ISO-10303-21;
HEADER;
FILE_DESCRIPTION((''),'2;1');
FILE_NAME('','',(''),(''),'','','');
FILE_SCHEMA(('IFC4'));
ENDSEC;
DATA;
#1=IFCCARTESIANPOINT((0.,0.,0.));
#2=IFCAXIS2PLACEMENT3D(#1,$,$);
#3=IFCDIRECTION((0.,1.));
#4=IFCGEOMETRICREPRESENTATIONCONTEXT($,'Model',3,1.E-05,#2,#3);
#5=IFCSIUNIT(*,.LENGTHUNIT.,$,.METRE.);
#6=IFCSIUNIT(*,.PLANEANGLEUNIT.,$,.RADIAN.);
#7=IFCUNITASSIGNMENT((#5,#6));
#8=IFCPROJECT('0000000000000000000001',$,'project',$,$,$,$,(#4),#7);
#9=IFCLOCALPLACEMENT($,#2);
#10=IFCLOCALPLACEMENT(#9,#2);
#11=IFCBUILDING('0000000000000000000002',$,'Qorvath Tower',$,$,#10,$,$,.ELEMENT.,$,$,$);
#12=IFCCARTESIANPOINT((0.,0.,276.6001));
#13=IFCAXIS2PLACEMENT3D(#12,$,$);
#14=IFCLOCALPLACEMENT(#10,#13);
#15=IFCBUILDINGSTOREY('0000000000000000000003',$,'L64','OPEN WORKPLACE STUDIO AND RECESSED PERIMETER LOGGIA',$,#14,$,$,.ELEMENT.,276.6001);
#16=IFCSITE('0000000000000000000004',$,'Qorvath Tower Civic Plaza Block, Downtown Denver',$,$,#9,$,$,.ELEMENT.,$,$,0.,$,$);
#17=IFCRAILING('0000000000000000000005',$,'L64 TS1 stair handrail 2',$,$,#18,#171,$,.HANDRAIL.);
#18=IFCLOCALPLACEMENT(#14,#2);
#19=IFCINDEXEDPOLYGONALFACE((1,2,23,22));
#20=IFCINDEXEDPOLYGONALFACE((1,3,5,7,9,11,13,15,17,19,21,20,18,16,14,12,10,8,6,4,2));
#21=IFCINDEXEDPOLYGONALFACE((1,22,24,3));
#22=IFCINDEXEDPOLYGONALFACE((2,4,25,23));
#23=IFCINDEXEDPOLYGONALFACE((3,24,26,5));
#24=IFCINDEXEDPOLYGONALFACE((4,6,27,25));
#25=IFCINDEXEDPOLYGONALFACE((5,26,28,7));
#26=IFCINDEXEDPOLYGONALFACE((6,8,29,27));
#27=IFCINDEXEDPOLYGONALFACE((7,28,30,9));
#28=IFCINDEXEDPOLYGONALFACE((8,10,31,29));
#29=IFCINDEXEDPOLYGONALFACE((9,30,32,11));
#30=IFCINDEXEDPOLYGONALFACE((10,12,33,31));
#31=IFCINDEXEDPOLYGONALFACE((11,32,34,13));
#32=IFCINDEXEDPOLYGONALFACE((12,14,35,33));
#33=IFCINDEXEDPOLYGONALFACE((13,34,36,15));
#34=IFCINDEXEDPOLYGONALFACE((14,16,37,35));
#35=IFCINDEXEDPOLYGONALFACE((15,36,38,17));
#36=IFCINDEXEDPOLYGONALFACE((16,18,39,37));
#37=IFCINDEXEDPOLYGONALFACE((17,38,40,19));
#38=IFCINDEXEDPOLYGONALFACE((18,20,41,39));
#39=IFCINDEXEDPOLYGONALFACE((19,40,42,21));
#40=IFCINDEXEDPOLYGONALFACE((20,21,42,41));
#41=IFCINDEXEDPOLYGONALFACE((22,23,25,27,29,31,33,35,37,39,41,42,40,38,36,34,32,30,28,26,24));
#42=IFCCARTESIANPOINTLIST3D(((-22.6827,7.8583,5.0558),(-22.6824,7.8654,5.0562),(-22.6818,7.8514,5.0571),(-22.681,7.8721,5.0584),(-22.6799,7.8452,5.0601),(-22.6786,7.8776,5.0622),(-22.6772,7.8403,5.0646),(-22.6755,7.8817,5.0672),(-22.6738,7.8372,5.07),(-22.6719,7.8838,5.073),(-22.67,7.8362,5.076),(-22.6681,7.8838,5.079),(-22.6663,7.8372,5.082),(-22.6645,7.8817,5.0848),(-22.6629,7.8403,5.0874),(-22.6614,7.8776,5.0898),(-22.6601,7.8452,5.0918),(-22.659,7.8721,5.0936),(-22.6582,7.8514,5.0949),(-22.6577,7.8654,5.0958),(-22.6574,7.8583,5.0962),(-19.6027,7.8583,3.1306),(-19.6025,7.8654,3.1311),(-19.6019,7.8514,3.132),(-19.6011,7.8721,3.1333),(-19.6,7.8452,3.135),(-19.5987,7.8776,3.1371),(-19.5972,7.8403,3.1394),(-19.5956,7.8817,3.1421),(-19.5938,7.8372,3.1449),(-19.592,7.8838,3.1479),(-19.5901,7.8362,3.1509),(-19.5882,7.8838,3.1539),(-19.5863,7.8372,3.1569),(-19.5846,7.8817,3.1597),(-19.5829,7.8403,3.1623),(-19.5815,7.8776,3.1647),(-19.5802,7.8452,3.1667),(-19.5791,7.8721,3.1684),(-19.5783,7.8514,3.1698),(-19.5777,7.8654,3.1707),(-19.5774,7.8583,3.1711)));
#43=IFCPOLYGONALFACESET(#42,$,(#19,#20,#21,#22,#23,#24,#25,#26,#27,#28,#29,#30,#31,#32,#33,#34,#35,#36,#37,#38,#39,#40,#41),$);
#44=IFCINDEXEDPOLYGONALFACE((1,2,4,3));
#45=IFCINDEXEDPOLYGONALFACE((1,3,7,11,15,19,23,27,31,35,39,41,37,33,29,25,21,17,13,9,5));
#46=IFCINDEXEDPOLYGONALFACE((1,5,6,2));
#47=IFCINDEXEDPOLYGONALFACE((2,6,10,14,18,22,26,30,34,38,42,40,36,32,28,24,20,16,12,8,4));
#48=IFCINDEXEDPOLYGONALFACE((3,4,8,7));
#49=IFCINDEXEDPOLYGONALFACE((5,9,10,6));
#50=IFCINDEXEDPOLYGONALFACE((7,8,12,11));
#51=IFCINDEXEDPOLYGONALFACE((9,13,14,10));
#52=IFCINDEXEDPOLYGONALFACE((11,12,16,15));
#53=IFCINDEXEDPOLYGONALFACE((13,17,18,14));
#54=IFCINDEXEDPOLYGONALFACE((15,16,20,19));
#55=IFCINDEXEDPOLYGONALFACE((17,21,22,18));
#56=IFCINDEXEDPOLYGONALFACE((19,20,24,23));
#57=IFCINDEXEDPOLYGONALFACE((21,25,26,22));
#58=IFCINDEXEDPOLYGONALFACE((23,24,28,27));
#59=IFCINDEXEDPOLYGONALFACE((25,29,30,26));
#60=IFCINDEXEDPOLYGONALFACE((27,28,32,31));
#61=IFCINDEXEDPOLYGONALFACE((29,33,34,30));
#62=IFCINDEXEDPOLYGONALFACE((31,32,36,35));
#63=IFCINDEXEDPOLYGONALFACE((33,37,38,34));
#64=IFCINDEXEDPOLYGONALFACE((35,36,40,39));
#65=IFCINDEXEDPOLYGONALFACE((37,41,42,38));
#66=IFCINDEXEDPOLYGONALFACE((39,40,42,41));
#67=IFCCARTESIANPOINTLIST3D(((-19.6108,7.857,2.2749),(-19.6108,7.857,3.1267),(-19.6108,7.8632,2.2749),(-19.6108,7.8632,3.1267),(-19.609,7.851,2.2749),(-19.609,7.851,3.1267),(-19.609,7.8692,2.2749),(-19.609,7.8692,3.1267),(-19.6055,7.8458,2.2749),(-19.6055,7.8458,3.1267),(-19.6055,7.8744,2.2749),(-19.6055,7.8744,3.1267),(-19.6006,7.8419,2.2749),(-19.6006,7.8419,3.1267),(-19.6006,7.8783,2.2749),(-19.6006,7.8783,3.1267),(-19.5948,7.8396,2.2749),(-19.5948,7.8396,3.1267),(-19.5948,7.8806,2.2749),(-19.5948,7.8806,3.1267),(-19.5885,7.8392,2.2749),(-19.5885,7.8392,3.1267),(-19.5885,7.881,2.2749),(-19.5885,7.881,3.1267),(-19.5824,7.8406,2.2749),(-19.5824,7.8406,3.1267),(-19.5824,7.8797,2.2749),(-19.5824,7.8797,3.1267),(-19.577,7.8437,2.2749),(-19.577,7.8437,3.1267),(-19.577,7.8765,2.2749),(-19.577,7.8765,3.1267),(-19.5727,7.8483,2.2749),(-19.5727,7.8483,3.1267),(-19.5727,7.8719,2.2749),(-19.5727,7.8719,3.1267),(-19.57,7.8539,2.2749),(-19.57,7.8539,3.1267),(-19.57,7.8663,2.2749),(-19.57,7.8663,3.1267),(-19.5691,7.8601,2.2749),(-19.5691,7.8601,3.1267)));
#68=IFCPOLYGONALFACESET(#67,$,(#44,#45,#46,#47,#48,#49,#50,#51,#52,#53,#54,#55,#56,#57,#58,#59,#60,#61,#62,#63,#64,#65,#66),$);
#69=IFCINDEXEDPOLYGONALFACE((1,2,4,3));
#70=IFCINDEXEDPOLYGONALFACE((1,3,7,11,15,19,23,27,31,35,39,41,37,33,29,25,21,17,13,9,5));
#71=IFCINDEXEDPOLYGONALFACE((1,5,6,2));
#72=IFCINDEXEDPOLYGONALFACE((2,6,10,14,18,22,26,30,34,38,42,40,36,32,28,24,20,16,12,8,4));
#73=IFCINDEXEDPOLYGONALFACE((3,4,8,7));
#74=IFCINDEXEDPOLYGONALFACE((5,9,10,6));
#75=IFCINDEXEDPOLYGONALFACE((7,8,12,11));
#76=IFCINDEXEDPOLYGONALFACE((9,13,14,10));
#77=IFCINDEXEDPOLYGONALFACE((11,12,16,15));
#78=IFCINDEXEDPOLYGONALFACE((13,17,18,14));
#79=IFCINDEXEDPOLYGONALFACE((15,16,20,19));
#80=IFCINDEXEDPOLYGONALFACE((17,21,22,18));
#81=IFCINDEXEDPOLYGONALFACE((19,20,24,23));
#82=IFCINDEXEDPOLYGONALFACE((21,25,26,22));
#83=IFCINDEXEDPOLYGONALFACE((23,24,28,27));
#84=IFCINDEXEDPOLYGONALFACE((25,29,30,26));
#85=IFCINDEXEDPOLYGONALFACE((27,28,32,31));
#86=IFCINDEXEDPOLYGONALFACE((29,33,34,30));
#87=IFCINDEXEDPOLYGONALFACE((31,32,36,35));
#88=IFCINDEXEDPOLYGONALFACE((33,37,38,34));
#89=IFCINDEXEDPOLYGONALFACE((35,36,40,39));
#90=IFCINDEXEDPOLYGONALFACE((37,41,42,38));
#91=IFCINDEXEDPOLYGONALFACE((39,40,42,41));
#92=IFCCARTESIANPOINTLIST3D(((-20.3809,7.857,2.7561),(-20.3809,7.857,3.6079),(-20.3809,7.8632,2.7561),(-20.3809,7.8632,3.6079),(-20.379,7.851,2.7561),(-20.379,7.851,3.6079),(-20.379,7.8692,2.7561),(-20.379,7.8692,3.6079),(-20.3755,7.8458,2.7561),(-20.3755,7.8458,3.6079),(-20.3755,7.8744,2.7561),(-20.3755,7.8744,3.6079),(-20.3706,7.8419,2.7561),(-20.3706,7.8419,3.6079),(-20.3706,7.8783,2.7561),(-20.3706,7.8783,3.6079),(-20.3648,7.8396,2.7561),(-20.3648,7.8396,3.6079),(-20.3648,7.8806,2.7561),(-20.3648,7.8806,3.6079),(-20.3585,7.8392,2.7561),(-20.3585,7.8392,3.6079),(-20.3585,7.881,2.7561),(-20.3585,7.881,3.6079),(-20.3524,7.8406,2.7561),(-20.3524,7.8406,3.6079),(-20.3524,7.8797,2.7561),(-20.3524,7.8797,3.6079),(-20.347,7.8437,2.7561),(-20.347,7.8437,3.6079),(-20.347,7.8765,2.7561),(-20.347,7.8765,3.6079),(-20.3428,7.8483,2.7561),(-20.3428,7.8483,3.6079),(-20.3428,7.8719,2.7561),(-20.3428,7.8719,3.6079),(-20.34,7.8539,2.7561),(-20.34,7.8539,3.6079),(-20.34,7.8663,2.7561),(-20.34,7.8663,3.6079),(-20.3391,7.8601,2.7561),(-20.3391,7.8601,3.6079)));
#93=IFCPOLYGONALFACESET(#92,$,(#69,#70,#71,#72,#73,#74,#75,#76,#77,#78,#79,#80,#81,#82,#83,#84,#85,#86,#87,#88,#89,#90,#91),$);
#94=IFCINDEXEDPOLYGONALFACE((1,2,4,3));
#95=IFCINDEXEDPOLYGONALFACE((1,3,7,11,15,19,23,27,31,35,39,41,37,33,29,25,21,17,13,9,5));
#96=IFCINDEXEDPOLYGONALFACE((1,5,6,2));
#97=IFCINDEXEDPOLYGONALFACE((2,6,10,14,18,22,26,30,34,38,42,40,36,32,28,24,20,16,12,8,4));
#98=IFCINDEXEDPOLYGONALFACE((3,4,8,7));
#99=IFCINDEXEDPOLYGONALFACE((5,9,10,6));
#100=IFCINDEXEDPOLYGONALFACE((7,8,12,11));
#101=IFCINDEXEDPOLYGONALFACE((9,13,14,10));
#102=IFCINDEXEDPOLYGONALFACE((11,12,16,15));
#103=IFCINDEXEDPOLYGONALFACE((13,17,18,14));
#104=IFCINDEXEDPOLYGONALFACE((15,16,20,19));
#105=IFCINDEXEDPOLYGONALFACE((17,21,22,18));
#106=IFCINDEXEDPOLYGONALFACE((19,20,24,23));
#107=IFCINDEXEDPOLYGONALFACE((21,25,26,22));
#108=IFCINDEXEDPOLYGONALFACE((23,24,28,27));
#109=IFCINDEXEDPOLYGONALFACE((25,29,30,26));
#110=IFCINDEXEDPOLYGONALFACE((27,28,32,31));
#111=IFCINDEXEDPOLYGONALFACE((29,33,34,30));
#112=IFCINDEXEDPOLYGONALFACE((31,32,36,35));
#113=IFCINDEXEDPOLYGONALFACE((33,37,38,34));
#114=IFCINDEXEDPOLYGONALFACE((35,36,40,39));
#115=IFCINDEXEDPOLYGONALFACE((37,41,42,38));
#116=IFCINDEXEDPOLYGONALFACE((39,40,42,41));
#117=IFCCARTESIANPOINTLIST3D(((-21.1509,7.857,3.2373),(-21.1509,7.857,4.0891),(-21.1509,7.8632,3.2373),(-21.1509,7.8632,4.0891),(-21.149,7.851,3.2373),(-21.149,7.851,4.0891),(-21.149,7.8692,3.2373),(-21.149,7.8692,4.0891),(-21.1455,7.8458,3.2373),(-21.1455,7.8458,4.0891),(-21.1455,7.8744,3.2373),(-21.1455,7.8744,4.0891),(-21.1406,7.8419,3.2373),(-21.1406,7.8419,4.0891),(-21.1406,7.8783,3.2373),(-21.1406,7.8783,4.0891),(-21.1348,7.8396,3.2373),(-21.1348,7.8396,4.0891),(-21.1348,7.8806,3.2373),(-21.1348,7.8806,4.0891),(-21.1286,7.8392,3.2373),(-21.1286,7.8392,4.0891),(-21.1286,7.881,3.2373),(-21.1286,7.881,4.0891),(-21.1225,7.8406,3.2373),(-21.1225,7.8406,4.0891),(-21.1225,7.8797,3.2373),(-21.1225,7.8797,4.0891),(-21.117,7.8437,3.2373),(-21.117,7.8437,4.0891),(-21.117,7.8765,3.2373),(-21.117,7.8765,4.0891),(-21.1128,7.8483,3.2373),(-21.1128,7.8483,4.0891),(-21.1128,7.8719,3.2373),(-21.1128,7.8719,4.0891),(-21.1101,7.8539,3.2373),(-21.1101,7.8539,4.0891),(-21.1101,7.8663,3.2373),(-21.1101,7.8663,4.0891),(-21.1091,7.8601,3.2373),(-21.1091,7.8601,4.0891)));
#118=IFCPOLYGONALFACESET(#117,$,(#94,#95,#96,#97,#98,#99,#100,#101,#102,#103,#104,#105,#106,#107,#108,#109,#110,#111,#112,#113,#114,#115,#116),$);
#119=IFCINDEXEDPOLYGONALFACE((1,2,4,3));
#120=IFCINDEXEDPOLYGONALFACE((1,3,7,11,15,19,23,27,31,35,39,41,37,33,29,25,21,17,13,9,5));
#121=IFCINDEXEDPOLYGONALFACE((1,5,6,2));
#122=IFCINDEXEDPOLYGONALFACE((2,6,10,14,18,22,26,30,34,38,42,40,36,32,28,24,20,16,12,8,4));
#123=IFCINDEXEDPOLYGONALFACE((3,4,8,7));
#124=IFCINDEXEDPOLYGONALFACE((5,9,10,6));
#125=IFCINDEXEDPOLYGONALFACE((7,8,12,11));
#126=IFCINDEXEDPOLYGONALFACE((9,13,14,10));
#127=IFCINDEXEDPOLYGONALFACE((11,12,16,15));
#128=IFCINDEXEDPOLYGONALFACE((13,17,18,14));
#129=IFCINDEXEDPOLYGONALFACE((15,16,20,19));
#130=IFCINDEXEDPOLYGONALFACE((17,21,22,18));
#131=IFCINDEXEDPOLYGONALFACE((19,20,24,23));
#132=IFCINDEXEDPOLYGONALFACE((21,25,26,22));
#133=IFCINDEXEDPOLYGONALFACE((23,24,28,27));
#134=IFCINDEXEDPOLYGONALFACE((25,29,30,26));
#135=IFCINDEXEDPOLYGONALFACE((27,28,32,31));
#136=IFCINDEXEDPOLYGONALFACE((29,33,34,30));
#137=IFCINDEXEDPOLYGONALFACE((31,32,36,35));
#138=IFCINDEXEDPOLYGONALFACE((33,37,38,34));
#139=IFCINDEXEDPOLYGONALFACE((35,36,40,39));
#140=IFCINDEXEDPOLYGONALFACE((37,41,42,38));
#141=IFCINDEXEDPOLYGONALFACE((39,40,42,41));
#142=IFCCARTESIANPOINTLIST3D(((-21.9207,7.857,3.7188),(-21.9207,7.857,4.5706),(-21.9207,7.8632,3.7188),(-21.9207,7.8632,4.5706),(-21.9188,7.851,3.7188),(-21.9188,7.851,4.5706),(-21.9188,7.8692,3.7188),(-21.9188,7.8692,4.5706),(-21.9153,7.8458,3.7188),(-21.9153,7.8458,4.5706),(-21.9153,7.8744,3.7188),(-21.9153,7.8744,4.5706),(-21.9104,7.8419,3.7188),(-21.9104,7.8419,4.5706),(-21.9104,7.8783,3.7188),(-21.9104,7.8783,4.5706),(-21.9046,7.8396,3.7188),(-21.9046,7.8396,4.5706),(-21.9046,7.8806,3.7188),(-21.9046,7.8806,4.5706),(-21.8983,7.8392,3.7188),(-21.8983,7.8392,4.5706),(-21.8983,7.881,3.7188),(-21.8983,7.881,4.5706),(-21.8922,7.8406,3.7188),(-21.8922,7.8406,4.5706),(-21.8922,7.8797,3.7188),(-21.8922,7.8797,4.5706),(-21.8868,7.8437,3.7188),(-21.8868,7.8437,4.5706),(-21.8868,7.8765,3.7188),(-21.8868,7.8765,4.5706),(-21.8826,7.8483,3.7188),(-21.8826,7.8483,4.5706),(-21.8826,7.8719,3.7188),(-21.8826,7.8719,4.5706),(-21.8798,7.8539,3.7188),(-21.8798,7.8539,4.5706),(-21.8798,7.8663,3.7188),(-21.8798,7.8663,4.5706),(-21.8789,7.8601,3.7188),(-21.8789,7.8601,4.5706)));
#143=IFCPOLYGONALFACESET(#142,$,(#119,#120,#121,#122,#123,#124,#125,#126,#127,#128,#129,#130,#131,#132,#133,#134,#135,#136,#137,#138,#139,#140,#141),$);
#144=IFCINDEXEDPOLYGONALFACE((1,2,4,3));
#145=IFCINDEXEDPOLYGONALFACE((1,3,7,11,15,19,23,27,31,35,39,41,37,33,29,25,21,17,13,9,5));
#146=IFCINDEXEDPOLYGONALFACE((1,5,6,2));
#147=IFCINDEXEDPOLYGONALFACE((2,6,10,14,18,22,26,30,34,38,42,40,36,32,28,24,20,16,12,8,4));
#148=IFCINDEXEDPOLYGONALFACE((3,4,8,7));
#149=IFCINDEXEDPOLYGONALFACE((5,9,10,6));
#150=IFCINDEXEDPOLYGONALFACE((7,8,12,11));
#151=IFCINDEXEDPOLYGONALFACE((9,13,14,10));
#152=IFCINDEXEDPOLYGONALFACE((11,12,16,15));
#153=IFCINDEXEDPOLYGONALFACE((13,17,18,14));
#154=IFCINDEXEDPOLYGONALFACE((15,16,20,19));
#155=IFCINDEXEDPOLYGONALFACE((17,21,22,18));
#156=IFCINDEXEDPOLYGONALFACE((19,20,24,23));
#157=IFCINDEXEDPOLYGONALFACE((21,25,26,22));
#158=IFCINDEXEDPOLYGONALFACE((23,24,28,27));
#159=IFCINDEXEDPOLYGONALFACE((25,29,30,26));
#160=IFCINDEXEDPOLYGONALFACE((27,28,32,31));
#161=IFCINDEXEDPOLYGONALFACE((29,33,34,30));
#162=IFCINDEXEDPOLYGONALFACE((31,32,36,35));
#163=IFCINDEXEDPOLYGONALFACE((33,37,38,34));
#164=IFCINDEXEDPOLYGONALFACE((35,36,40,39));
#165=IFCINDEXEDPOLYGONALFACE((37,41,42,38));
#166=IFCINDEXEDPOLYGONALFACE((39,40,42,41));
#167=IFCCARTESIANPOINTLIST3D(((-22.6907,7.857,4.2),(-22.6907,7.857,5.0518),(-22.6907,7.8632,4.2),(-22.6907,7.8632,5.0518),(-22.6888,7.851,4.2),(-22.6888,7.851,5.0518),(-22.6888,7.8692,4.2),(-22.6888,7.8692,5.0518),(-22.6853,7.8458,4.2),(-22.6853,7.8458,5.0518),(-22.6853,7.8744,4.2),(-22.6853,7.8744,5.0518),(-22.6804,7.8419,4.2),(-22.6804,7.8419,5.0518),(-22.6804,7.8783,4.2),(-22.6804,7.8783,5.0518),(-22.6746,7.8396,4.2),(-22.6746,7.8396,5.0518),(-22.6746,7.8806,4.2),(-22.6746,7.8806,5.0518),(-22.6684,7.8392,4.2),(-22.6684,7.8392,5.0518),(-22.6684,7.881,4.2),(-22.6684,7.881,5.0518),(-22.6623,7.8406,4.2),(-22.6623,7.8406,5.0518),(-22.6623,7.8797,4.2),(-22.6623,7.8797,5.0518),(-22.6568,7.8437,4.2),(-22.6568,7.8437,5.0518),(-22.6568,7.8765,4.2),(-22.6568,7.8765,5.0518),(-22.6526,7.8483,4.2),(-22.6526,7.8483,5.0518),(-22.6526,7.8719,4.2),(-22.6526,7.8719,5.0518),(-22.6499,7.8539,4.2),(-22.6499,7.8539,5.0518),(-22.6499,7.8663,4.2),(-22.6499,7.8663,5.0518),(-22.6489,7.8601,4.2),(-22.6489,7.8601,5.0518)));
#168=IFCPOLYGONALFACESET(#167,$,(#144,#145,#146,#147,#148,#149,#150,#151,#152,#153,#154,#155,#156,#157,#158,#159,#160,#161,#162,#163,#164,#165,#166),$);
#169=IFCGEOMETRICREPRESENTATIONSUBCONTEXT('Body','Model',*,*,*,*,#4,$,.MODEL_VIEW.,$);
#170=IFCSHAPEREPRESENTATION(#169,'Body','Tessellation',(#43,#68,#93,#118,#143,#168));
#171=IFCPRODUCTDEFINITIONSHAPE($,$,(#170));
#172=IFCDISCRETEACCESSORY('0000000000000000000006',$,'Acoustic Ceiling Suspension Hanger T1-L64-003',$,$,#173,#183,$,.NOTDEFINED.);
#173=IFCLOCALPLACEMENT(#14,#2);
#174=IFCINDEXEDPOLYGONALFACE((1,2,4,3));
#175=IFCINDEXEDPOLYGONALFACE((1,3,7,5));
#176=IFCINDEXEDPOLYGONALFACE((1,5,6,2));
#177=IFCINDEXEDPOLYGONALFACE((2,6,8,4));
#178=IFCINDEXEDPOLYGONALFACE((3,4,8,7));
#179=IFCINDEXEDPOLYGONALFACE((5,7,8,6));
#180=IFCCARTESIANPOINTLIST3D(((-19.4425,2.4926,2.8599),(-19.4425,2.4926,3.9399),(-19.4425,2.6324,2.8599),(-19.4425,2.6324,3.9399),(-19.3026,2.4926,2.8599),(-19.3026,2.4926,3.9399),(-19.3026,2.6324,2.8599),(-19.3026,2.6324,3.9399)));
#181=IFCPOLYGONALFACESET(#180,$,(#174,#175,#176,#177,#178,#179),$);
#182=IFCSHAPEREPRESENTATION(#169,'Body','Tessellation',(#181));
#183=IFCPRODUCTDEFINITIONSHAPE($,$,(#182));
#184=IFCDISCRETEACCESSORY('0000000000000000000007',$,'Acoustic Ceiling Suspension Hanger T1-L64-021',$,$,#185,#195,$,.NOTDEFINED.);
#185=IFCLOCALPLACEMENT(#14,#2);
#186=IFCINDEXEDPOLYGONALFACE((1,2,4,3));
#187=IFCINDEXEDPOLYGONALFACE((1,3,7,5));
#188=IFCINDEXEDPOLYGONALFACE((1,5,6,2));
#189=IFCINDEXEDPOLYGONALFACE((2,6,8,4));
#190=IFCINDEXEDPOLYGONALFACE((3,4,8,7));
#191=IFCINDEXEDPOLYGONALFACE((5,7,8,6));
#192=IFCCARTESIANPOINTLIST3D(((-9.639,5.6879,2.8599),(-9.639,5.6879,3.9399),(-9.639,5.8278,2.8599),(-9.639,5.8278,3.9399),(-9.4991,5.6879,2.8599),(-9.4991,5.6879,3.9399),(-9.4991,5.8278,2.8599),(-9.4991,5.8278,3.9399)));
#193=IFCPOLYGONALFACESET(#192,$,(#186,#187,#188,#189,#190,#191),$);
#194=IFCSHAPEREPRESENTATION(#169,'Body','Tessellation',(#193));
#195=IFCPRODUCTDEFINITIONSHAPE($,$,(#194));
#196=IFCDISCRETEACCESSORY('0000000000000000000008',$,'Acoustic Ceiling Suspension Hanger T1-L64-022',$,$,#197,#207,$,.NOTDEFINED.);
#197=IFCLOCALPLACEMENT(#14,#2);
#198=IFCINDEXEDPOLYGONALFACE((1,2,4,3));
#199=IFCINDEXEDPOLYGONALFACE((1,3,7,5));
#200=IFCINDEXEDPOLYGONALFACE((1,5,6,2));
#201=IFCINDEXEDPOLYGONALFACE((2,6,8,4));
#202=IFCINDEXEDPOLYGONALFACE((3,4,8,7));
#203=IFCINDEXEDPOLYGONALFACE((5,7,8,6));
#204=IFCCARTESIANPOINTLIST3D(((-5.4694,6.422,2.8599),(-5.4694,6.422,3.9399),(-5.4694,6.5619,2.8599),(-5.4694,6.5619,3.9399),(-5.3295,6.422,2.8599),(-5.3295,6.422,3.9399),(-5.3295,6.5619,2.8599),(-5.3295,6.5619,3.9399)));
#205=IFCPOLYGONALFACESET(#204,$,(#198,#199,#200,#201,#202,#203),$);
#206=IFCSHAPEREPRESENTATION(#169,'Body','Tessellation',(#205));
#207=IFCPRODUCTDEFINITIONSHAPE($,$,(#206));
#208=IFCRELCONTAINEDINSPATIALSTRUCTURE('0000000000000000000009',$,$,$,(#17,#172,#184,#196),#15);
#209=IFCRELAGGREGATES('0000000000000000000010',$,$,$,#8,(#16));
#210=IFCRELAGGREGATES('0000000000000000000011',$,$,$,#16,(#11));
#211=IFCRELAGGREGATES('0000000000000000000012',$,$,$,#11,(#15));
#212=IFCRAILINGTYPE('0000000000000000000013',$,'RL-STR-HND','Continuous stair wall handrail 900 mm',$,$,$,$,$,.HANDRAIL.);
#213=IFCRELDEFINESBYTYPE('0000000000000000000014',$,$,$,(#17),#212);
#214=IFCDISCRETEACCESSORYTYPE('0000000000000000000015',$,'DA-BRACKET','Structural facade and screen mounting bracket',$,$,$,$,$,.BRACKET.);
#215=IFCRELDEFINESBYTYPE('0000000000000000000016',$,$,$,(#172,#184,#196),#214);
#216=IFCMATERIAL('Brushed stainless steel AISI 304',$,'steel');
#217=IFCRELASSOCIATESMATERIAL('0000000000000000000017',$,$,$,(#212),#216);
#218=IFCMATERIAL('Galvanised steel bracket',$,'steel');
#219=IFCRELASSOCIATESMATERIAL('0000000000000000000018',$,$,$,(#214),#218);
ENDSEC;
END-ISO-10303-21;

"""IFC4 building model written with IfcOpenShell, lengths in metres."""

from ifc_helpers import new_model, si_unit, direction, frame, origin, origin_2d, place, context, subcontext, project, spatial, rectangle, circle, extrude, material, type_object, element, save


model = new_model("IFC4")

# Units and contexts
model_context = context("Model", 3, precision=1e-05, world=origin(), true_north=direction((0.0, 1.0)))
body_context = subcontext(model_context, "Body", "Model", "MODEL_VIEW")
ifc_project = project(units=[si_unit("LENGTHUNIT", "METRE"), si_unit("PLANEANGLEUNIT", "RADIAN")], contexts=[model_context])

# Site, building, storey
site_placement = place(None, origin())
site = spatial("IfcSite", under=ifc_project, at=site_placement, Name="Qorvath Tower Civic Plaza Block, Downtown Denver", CompositionType="ELEMENT", RefElevation=0.0)
building_placement = place(site_placement, origin())
building = spatial("IfcBuilding", under=site, at=building_placement, Name="Qorvath Tower", CompositionType="ELEMENT")
storey_placement = place(building_placement, frame((0.0, 0.0, 276.6001)))
storey = spatial("IfcBuildingStorey", under=building, at=storey_placement, Name="L64", Description="OPEN WORKPLACE STUDIO AND RECESSED PERIMETER LOGGIA", CompositionType="ELEMENT", Elevation=276.6001)

# Railing
ifc_material_1 = material(Name="Brushed stainless steel AISI 304", Category="steel")
railing_type_1 = type_object("IfcRailingType", Name="RL-STR-HND", Description="Continuous stair wall handrail 900 mm", PredefinedType="HANDRAIL", material=ifc_material_1)
railing_1_placement = place(storey_placement, frame((-19.5901, 7.8601, 2.2749)))
element("IfcRailing", 1, at=railing_1_placement, inside=storey, type_object=railing_type_1, Name="L64 TS1 stair handrail 2", PredefinedType="HANDRAIL", context=body_context, shape_type="SweptSolid", body=[
    extrude(circle(Radius=0.0239, at=origin_2d()), frame((0.0, 0.0, 0.876), z_axis=(-0.847979, 0.0, 0.530029), x_axis=(0.0, -1.0, 0.0)), (0.0, 0.0, 1.0), 3.6321),
    extrude(circle(Radius=0.021, at=origin_2d()), origin(), (0.0, 0.0, 1.0), 0.8518),
    extrude(circle(Radius=0.021, at=origin_2d()), frame((-0.77, 0.0, 0.4812)), (0.0, 0.0, 1.0), 0.8518),
    extrude(circle(Radius=0.021, at=origin_2d()), frame((-1.54, 0.0, 0.9624)), (0.0, 0.0, 1.0), 0.8518),
    extrude(circle(Radius=0.021, at=origin_2d()), frame((-2.3098, 0.0, 1.4438)), (0.0, 0.0, 1.0), 0.8518),
    extrude(circle(Radius=0.021, at=origin_2d()), frame((-3.0798, 0.0, 1.925)), (0.0, 0.0, 1.0), 0.8518),
])

# Discrete accessories
ifc_material_2 = material(Name="Galvanised steel bracket", Category="steel")
discrete_accessory_type = type_object("IfcDiscreteAccessoryType", Name="DA-BRACKET", Description="Structural facade and screen mounting bracket", PredefinedType="BRACKET", material=ifc_material_2)
for number, where, z_axis, x_axis, name in (
    (2, (-19.3726, 2.5625, 2.8599), (0.0, 0.0, 1.0), (1.0, 0.0, 0.0), "Acoustic Ceiling Suspension Hanger T1-L64-003"),
    (3, (-9.5691, 5.7578, 2.8599), (0.0, 0.0, 1.0), (1.0, 0.0, 0.0), "Acoustic Ceiling Suspension Hanger T1-L64-021"),
    (4, (-5.3994, 6.4919, 2.8599), (0.0, 0.0, 1.0), (1.0, 0.0, 0.0), "Acoustic Ceiling Suspension Hanger T1-L64-022"),
):
    element("IfcDiscreteAccessory", number, at=place(storey_placement, frame(where, z_axis=z_axis, x_axis=x_axis)), inside=storey, type_object=discrete_accessory_type, Name=name, PredefinedType="NOTDEFINED", context=body_context, shape_type="SweptSolid", body=[
        extrude(rectangle(XDim=0.1399, YDim=0.1399, at=origin_2d()), origin(), (0.0, 0.0, 1.0), 1.0801),
    ])

save(model, "model.ifc")
